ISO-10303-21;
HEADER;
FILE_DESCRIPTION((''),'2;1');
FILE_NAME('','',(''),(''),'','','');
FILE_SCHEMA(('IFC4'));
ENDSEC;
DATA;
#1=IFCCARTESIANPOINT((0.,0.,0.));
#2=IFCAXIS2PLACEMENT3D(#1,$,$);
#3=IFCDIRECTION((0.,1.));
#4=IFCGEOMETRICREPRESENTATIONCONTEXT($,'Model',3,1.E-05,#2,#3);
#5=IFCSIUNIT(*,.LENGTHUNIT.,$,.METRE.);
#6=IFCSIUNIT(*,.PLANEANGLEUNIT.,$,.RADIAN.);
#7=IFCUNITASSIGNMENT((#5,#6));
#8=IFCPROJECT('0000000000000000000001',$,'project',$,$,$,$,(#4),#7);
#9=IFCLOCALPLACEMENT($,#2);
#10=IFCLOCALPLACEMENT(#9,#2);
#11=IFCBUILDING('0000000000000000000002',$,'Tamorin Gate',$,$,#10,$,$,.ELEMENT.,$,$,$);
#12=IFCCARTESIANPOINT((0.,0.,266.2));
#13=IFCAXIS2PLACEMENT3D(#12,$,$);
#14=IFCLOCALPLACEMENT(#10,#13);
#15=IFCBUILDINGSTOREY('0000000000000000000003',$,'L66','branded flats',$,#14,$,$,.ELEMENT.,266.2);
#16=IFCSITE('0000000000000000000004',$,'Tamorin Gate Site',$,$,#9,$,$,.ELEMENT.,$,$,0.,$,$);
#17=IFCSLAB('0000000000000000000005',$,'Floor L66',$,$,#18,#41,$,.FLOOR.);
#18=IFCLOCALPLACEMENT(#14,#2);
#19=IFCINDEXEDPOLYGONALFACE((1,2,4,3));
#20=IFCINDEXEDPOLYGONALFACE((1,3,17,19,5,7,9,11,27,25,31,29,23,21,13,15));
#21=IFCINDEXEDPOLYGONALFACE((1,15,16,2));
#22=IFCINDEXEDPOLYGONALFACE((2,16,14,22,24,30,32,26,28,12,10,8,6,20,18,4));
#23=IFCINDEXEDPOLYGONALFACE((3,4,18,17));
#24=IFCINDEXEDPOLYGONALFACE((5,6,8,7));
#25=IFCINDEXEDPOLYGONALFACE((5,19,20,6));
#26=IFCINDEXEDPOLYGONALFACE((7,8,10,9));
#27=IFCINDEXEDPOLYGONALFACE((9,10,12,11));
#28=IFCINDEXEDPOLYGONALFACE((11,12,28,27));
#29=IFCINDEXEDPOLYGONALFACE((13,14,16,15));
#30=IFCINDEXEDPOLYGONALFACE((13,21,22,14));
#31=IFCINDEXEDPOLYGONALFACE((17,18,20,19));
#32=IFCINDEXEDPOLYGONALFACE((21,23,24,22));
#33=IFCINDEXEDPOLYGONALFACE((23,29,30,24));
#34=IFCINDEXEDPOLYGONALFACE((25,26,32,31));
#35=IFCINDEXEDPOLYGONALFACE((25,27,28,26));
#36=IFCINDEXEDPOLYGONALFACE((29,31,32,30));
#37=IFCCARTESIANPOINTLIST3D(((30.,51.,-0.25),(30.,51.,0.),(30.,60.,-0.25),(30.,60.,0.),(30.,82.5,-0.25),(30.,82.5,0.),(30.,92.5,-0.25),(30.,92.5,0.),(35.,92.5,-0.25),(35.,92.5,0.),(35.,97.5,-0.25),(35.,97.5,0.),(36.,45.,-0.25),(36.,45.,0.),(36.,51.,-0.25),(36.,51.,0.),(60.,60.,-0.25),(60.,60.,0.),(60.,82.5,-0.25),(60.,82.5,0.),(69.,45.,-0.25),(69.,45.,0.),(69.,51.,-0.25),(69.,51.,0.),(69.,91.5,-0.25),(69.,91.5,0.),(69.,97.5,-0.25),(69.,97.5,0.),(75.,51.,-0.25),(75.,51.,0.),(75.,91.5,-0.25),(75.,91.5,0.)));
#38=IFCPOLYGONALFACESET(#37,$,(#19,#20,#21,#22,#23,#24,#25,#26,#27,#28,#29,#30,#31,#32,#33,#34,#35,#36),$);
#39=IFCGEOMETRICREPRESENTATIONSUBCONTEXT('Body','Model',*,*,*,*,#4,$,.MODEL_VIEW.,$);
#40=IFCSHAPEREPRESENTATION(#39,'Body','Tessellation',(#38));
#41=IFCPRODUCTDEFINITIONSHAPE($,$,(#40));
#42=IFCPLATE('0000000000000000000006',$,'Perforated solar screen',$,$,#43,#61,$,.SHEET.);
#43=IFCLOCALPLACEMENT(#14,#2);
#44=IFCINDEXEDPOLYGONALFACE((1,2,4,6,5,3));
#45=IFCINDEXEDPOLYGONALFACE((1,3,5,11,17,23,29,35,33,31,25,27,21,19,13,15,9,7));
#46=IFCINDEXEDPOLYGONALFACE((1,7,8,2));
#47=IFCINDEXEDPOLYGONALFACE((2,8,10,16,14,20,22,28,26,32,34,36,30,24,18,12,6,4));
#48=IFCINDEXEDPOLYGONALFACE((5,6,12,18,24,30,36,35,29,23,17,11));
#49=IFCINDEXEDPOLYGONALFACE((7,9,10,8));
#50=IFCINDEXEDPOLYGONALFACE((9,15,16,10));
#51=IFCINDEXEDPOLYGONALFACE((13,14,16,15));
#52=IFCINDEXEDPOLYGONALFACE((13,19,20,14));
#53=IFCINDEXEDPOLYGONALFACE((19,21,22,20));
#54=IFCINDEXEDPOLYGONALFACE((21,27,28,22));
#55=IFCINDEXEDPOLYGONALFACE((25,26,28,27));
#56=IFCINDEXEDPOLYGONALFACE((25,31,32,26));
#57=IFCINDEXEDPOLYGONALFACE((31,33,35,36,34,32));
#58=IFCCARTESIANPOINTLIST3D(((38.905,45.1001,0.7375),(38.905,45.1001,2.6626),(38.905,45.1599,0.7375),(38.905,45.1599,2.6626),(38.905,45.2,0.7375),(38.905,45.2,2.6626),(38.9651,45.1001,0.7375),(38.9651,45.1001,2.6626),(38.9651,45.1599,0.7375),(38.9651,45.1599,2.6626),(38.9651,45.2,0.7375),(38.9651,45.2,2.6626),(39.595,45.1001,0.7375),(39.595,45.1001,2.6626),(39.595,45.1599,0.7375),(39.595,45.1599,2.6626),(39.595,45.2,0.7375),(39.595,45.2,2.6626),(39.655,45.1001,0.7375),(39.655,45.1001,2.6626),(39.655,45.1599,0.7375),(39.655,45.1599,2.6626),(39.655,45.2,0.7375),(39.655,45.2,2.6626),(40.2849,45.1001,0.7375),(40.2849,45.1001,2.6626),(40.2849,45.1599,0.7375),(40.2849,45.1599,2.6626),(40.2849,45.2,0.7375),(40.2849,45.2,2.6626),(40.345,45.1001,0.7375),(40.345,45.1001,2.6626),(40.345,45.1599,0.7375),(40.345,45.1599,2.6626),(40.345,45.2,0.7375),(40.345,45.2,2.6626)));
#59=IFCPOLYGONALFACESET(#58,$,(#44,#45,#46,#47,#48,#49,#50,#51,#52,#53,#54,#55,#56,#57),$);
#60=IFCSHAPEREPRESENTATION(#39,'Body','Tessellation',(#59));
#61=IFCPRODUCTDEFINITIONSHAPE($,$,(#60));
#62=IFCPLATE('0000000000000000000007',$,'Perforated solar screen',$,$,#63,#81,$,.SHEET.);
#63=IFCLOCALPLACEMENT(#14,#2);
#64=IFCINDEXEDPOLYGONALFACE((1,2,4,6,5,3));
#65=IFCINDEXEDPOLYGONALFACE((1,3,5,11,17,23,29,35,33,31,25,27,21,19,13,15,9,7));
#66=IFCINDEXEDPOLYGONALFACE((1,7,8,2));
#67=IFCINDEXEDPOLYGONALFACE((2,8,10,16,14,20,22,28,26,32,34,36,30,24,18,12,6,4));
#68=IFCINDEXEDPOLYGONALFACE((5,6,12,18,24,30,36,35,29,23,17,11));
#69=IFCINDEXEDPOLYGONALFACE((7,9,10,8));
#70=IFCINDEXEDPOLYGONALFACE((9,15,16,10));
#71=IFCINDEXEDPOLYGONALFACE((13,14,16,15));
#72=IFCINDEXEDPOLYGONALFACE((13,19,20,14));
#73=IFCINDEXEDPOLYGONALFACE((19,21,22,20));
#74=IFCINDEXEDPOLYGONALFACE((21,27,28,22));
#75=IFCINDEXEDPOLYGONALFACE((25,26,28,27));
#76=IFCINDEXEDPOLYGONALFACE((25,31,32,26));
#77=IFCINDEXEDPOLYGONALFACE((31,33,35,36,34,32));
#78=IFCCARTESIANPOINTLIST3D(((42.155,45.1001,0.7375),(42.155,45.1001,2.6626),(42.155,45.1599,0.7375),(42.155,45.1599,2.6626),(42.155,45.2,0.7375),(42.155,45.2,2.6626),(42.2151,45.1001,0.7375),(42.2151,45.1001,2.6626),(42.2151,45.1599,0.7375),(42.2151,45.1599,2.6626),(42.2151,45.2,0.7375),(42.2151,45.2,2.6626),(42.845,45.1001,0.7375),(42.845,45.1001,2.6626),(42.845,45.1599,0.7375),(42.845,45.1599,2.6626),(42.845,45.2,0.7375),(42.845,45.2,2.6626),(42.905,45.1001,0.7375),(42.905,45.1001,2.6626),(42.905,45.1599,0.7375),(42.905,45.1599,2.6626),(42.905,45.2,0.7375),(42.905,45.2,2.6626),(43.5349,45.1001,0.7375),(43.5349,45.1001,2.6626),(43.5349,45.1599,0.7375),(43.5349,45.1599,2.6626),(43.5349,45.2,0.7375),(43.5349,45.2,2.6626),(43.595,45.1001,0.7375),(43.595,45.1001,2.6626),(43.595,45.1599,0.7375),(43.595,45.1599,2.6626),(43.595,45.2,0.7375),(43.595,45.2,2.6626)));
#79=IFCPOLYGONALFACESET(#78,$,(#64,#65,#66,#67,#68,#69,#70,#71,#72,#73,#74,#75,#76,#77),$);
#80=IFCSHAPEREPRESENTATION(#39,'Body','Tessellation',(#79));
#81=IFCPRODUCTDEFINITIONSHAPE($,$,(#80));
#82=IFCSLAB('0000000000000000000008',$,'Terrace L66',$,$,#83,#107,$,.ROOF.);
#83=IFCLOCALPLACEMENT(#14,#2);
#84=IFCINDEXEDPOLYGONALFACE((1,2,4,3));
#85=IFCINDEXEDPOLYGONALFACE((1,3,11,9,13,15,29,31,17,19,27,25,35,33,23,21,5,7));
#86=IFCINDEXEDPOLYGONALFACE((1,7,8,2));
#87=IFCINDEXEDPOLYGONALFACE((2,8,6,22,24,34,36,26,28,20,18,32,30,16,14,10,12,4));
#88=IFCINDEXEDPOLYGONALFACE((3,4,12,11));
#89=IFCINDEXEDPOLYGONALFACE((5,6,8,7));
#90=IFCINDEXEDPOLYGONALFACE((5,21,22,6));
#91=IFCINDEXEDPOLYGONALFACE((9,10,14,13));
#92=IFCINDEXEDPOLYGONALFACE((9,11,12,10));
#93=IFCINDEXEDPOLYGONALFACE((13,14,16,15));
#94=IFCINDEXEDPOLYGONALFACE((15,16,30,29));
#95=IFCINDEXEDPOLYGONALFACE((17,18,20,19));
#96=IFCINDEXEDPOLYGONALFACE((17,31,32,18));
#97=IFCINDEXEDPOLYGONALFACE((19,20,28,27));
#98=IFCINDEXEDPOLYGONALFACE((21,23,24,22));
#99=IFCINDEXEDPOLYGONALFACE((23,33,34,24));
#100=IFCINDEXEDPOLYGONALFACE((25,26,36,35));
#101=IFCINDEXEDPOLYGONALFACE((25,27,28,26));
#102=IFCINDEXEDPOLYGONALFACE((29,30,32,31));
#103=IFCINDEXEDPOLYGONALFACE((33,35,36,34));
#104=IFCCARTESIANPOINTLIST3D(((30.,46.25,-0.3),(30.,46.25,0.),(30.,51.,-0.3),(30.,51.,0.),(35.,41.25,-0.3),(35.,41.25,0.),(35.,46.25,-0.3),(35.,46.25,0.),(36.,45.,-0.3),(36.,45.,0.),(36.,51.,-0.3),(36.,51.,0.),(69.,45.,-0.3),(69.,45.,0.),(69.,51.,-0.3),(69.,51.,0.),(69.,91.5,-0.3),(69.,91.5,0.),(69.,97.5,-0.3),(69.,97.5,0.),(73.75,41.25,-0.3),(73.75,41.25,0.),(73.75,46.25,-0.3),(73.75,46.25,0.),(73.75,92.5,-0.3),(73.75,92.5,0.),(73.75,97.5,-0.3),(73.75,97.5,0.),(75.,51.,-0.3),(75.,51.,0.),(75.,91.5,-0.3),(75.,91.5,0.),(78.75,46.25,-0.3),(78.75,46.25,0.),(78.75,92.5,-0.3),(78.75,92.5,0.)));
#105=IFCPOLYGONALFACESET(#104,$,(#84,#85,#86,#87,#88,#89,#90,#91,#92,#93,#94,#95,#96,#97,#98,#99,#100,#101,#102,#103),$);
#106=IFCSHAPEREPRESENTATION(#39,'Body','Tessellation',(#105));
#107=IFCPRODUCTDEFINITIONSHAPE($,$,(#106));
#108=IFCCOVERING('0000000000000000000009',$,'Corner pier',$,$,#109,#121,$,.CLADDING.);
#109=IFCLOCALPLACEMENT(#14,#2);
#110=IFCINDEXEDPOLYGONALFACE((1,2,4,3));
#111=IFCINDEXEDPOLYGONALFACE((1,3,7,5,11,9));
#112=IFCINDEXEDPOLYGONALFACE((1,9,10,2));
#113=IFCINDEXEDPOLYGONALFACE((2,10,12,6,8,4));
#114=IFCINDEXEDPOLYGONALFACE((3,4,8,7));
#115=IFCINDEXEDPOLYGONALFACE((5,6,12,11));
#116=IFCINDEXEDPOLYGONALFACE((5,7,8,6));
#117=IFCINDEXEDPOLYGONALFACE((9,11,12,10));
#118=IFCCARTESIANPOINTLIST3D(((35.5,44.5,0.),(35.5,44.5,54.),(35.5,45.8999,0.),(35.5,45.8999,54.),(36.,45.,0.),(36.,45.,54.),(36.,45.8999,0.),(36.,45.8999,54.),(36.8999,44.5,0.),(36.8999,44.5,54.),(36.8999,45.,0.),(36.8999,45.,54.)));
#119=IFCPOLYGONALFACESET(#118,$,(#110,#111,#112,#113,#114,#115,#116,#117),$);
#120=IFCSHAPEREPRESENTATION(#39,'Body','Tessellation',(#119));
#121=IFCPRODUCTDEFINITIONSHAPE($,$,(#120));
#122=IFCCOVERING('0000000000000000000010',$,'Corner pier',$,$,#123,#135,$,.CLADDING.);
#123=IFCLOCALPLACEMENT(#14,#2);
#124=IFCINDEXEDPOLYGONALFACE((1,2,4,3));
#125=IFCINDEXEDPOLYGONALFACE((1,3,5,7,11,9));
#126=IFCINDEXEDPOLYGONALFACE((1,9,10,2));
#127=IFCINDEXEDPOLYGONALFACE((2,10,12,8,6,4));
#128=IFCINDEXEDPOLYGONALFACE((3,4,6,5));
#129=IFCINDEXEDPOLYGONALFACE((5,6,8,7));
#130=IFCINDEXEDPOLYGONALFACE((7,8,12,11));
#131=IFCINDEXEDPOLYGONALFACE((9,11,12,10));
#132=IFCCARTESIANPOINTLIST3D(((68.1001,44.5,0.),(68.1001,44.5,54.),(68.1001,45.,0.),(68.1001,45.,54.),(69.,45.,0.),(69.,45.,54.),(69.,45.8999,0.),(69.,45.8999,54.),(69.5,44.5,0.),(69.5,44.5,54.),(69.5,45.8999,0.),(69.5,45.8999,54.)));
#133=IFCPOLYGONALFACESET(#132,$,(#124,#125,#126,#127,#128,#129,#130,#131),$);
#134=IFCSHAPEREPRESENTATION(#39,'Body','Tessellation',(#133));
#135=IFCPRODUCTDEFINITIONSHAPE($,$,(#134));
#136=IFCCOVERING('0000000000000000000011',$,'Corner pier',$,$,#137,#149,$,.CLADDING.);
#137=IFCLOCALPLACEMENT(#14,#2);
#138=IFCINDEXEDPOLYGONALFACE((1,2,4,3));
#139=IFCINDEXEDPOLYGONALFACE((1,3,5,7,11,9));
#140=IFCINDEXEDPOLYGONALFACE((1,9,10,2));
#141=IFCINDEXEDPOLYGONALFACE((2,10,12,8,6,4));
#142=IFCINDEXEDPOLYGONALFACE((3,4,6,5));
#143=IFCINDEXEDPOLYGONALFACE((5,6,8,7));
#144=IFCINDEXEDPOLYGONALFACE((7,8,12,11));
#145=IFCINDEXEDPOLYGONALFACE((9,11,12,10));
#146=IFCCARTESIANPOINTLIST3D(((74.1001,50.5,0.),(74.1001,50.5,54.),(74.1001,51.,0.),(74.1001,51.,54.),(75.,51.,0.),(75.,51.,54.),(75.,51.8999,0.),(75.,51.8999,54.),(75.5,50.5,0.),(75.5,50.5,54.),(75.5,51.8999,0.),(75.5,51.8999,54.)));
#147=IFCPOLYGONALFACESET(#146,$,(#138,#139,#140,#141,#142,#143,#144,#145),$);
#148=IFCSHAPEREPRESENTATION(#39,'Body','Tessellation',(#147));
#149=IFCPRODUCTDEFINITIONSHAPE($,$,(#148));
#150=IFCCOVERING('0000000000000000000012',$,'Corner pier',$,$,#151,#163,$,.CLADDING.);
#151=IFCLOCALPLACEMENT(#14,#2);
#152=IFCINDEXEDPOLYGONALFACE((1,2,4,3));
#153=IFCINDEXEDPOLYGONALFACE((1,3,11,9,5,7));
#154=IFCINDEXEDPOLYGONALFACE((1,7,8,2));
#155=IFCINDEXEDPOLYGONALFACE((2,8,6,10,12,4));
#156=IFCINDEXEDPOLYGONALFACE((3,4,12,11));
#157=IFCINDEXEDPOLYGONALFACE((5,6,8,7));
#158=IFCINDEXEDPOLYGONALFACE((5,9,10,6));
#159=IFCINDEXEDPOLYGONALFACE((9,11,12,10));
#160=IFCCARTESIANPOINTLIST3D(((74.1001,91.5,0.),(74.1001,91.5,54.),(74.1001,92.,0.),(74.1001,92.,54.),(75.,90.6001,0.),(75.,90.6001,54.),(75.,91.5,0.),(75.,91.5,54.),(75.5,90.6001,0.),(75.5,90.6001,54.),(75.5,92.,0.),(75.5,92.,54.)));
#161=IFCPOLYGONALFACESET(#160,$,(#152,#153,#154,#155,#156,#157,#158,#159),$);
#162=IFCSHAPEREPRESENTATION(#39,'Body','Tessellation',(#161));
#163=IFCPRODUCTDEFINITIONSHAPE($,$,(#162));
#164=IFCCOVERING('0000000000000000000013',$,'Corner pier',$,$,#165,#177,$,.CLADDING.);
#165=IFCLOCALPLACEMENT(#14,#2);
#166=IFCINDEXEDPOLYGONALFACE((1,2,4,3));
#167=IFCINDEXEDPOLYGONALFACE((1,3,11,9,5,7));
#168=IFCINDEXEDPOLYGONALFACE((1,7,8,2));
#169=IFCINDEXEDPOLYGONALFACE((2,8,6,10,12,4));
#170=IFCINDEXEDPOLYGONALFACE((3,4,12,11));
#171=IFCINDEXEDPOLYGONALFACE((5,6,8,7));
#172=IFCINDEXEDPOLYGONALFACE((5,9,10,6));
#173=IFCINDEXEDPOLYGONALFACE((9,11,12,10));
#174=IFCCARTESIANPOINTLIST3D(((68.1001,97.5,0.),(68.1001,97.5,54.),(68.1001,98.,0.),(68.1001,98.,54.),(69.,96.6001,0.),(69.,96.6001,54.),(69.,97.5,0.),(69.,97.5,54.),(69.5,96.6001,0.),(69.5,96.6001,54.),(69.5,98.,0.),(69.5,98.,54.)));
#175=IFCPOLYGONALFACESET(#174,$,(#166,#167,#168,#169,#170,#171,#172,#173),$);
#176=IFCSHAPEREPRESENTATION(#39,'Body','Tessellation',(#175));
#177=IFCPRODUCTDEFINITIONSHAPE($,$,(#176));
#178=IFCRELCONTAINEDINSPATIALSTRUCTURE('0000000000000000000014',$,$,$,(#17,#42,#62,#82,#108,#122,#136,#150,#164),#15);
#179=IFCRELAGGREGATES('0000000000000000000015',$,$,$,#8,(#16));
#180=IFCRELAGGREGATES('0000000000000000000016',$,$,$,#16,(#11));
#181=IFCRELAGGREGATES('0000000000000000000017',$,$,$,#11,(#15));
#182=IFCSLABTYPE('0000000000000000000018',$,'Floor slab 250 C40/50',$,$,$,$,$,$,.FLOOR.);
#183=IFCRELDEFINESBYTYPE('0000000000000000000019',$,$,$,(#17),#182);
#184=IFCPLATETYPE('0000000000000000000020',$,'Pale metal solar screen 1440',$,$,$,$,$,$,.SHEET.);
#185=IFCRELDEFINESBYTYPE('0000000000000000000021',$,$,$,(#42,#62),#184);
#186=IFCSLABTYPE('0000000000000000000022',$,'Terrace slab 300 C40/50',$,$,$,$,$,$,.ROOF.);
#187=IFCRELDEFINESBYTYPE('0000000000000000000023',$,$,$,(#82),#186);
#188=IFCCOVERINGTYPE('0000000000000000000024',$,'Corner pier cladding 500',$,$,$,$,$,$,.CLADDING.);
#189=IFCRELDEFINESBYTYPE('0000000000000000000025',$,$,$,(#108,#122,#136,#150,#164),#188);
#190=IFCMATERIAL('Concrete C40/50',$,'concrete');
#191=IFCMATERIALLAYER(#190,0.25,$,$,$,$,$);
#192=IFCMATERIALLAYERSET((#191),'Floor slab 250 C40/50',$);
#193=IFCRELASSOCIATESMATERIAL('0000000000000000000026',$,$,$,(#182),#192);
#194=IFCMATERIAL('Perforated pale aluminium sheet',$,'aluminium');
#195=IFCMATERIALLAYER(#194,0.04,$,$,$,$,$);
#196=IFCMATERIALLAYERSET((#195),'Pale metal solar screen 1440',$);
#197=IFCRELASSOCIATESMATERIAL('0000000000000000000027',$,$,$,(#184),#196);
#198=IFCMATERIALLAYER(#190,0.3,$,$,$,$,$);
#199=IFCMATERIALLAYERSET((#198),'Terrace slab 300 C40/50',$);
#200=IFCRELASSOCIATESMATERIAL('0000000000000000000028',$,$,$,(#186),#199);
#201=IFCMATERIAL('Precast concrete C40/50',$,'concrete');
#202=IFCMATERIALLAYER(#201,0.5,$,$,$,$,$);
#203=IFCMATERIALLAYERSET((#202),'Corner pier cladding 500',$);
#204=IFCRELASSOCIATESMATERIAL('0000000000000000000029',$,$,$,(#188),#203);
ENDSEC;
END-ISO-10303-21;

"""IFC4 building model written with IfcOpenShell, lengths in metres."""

from ifc_helpers import new_model, si_unit, direction, frame, origin, place, context, subcontext, project, spatial, polyline, outline, extrude, material, layer, layer_set, type_object, element, save


model = new_model("IFC4")

# Units and contexts
model_context = context("Model", 3, precision=1e-05, world=origin(), true_north=direction((0.0, 1.0)))
body_context = subcontext(model_context, "Body", "Model", "MODEL_VIEW")
ifc_project = project(units=[si_unit("LENGTHUNIT", "METRE"), si_unit("PLANEANGLEUNIT", "RADIAN")], contexts=[model_context])

# Site, building, storey
site_placement = place(None, origin())
site = spatial("IfcSite", under=ifc_project, at=site_placement, Name="Tamorin Gate Site", CompositionType="ELEMENT", RefElevation=0.0)
building_placement = place(site_placement, origin())
building = spatial("IfcBuilding", under=site, at=building_placement, Name="Tamorin Gate", CompositionType="ELEMENT")
storey_placement = place(building_placement, frame((0.0, 0.0, 266.2)))
storey = spatial("IfcBuildingStorey", under=building, at=storey_placement, Name="L66", Description="branded flats", CompositionType="ELEMENT", Elevation=266.2)

# Slab
ifc_material_1 = material(Name="Concrete C40/50", Category="concrete")
ifc_layer_1 = layer(ifc_material_1, 0.25)
ifc_layer_set_1 = layer_set([ifc_layer_1], Name="Floor slab 250 C40/50")
slab_type_1 = type_object("IfcSlabType", Name="Floor slab 250 C40/50", PredefinedType="FLOOR", material=ifc_layer_set_1)
slab_1_placement = place(storey_placement, frame((0.0, 0.0, -0.25)))
element("IfcSlab", 1, at=slab_1_placement, inside=storey, type_object=slab_type_1, Name="Floor L66", PredefinedType="FLOOR", context=body_context, shape_type="SweptSolid", body=[
    extrude(outline(polyline([(69.0, 91.5), (75.0, 91.5), (75.0, 51.0), (69.0, 51.0), (69.0, 45.0), (36.0, 45.0), (36.0, 51.0), (30.0, 51.0), (30.0, 60.0), (60.0, 60.0), (60.0, 82.5), (30.0, 82.5), (30.0, 92.5), (35.0, 92.5), (35.0, 97.5), (69.0, 97.5), (69.0, 91.5)])), origin(), (0.0, 0.0, 1.0), 0.25),
])

# Plates
ifc_material_2 = material(Name="Perforated pale aluminium sheet", Category="aluminium")
ifc_layer_2 = layer(ifc_material_2, 0.04)
ifc_layer_set_2 = layer_set([ifc_layer_2], Name="Pale metal solar screen 1440")
plate_type = type_object("IfcPlateType", Name="Pale metal solar screen 1440", PredefinedType="SHEET", material=ifc_layer_set_2)
plate_1_placement = place(storey_placement, frame((0.0, 0.0, 0.7375)))
element("IfcPlate", 2, at=plate_1_placement, inside=storey, type_object=plate_type, Name="Perforated solar screen", PredefinedType="SHEET", context=body_context, shape_type="SweptSolid", body=[
    extrude(outline(polyline([(38.905, 45.1599), (38.905, 45.2), (38.9651, 45.2), (39.595, 45.2), (39.655, 45.2), (40.2849, 45.2), (40.345, 45.2), (40.345, 45.2), (40.345, 45.1599), (40.345, 45.1599), (40.345, 45.1001), (40.2849, 45.1001), (40.2849, 45.1599), (39.655, 45.1599), (39.655, 45.1001), (39.595, 45.1001), (39.595, 45.1599), (38.9651, 45.1599), (38.9651, 45.1001), (38.905, 45.1001), (38.905, 45.1599)])), origin(), (0.0, 0.0, 1.0), 1.925),
])
plate_2_placement = place(storey_placement, frame((0.0, 0.0, 0.7375)))
element("IfcPlate", 3, at=plate_2_placement, inside=storey, type_object=plate_type, Name="Perforated solar screen", PredefinedType="SHEET", context=body_context, shape_type="SweptSolid", body=[
    extrude(outline(polyline([(42.155, 45.1599), (42.155, 45.2), (42.2151, 45.2), (42.845, 45.2), (42.905, 45.2), (43.5349, 45.2), (43.595, 45.2), (43.595, 45.2), (43.595, 45.1599), (43.595, 45.1599), (43.595, 45.1001), (43.5349, 45.1001), (43.5349, 45.1599), (42.905, 45.1599), (42.905, 45.1001), (42.845, 45.1001), (42.845, 45.1599), (42.2151, 45.1599), (42.2151, 45.1001), (42.155, 45.1001), (42.155, 45.1599)])), origin(), (0.0, 0.0, 1.0), 1.925),
])

# Slab
ifc_layer_3 = layer(ifc_material_1, 0.3)
ifc_layer_set_3 = layer_set([ifc_layer_3], Name="Terrace slab 300 C40/50")
slab_type_2 = type_object("IfcSlabType", Name="Terrace slab 300 C40/50", PredefinedType="ROOF", material=ifc_layer_set_3)
slab_2_placement = place(storey_placement, frame((0.0, 0.0, -0.3)))
element("IfcSlab", 4, at=slab_2_placement, inside=storey, type_object=slab_type_2, Name="Terrace L66", PredefinedType="ROOF", context=body_context, shape_type="SweptSolid", body=[
    extrude(outline(polyline([(73.75, 97.5), (73.75, 92.5), (78.75, 92.5), (78.75, 46.25), (73.75, 46.25), (73.75, 41.25), (35.0, 41.25), (35.0, 46.25), (30.0, 46.25), (30.0, 51.0), (36.0, 51.0), (36.0, 45.0), (69.0, 45.0), (69.0, 51.0), (75.0, 51.0), (75.0, 91.5), (69.0, 91.5), (69.0, 97.5), (73.75, 97.5)])), origin(), (0.0, 0.0, 1.0), 0.3),
])

# Coverings
ifc_material_3 = material(Name="Precast concrete C40/50", Category="concrete")
ifc_layer_4 = layer(ifc_material_3, 0.5)
ifc_layer_set_4 = layer_set([ifc_layer_4], Name="Corner pier cladding 500")
covering_type_1 = type_object("IfcCoveringType", Name="Corner pier cladding 500", PredefinedType="CLADDING", material=ifc_layer_set_4)
covering_1_placement = place(storey_placement, origin())
element("IfcCovering", 5, at=covering_1_placement, inside=storey, type_object=covering_type_1, Name="Corner pier", PredefinedType="CLADDING", context=body_context, shape_type="SweptSolid", body=[
    extrude(outline(polyline([(35.5, 44.5), (35.5, 45.8999), (36.0, 45.8999), (36.0, 45.0), (36.8999, 45.0), (36.8999, 44.5), (35.5, 44.5)])), origin(), (0.0, 0.0, 1.0), 54.0),
])
covering_2_placement = place(storey_placement, origin())
element("IfcCovering", 6, at=covering_2_placement, inside=storey, type_object=covering_type_1, Name="Corner pier", PredefinedType="CLADDING", context=body_context, shape_type="SweptSolid", body=[
    extrude(outline(polyline([(69.5, 44.5), (68.1001, 44.5), (68.1001, 45.0), (69.0, 45.0), (69.0, 45.8999), (69.5, 45.8999), (69.5, 44.5)])), origin(), (0.0, 0.0, 1.0), 54.0),
])
covering_3_placement = place(storey_placement, origin())
element("IfcCovering", 7, at=covering_3_placement, inside=storey, type_object=covering_type_1, Name="Corner pier", PredefinedType="CLADDING", context=body_context, shape_type="SweptSolid", body=[
    extrude(outline(polyline([(75.5, 50.5), (74.1001, 50.5), (74.1001, 51.0), (75.0, 51.0), (75.0, 51.8999), (75.5, 51.8999), (75.5, 50.5)])), origin(), (0.0, 0.0, 1.0), 54.0),
])
covering_4_placement = place(storey_placement, origin())
element("IfcCovering", 8, at=covering_4_placement, inside=storey, type_object=covering_type_1, Name="Corner pier", PredefinedType="CLADDING", context=body_context, shape_type="SweptSolid", body=[
    extrude(outline(polyline([(75.5, 92.0), (75.5, 90.6001), (75.0, 90.6001), (75.0, 91.5), (74.1001, 91.5), (74.1001, 92.0), (75.5, 92.0)])), origin(), (0.0, 0.0, 1.0), 54.0),
])
covering_5_placement = place(storey_placement, origin())
element("IfcCovering", 9, at=covering_5_placement, inside=storey, type_object=covering_type_1, Name="Corner pier", PredefinedType="CLADDING", context=body_context, shape_type="SweptSolid", body=[
    extrude(outline(polyline([(69.5, 98.0), (69.5, 96.6001), (69.0, 96.6001), (69.0, 97.5), (68.1001, 97.5), (68.1001, 98.0), (69.5, 98.0)])), origin(), (0.0, 0.0, 1.0), 54.0),
])

save(model, "model.ifc")
